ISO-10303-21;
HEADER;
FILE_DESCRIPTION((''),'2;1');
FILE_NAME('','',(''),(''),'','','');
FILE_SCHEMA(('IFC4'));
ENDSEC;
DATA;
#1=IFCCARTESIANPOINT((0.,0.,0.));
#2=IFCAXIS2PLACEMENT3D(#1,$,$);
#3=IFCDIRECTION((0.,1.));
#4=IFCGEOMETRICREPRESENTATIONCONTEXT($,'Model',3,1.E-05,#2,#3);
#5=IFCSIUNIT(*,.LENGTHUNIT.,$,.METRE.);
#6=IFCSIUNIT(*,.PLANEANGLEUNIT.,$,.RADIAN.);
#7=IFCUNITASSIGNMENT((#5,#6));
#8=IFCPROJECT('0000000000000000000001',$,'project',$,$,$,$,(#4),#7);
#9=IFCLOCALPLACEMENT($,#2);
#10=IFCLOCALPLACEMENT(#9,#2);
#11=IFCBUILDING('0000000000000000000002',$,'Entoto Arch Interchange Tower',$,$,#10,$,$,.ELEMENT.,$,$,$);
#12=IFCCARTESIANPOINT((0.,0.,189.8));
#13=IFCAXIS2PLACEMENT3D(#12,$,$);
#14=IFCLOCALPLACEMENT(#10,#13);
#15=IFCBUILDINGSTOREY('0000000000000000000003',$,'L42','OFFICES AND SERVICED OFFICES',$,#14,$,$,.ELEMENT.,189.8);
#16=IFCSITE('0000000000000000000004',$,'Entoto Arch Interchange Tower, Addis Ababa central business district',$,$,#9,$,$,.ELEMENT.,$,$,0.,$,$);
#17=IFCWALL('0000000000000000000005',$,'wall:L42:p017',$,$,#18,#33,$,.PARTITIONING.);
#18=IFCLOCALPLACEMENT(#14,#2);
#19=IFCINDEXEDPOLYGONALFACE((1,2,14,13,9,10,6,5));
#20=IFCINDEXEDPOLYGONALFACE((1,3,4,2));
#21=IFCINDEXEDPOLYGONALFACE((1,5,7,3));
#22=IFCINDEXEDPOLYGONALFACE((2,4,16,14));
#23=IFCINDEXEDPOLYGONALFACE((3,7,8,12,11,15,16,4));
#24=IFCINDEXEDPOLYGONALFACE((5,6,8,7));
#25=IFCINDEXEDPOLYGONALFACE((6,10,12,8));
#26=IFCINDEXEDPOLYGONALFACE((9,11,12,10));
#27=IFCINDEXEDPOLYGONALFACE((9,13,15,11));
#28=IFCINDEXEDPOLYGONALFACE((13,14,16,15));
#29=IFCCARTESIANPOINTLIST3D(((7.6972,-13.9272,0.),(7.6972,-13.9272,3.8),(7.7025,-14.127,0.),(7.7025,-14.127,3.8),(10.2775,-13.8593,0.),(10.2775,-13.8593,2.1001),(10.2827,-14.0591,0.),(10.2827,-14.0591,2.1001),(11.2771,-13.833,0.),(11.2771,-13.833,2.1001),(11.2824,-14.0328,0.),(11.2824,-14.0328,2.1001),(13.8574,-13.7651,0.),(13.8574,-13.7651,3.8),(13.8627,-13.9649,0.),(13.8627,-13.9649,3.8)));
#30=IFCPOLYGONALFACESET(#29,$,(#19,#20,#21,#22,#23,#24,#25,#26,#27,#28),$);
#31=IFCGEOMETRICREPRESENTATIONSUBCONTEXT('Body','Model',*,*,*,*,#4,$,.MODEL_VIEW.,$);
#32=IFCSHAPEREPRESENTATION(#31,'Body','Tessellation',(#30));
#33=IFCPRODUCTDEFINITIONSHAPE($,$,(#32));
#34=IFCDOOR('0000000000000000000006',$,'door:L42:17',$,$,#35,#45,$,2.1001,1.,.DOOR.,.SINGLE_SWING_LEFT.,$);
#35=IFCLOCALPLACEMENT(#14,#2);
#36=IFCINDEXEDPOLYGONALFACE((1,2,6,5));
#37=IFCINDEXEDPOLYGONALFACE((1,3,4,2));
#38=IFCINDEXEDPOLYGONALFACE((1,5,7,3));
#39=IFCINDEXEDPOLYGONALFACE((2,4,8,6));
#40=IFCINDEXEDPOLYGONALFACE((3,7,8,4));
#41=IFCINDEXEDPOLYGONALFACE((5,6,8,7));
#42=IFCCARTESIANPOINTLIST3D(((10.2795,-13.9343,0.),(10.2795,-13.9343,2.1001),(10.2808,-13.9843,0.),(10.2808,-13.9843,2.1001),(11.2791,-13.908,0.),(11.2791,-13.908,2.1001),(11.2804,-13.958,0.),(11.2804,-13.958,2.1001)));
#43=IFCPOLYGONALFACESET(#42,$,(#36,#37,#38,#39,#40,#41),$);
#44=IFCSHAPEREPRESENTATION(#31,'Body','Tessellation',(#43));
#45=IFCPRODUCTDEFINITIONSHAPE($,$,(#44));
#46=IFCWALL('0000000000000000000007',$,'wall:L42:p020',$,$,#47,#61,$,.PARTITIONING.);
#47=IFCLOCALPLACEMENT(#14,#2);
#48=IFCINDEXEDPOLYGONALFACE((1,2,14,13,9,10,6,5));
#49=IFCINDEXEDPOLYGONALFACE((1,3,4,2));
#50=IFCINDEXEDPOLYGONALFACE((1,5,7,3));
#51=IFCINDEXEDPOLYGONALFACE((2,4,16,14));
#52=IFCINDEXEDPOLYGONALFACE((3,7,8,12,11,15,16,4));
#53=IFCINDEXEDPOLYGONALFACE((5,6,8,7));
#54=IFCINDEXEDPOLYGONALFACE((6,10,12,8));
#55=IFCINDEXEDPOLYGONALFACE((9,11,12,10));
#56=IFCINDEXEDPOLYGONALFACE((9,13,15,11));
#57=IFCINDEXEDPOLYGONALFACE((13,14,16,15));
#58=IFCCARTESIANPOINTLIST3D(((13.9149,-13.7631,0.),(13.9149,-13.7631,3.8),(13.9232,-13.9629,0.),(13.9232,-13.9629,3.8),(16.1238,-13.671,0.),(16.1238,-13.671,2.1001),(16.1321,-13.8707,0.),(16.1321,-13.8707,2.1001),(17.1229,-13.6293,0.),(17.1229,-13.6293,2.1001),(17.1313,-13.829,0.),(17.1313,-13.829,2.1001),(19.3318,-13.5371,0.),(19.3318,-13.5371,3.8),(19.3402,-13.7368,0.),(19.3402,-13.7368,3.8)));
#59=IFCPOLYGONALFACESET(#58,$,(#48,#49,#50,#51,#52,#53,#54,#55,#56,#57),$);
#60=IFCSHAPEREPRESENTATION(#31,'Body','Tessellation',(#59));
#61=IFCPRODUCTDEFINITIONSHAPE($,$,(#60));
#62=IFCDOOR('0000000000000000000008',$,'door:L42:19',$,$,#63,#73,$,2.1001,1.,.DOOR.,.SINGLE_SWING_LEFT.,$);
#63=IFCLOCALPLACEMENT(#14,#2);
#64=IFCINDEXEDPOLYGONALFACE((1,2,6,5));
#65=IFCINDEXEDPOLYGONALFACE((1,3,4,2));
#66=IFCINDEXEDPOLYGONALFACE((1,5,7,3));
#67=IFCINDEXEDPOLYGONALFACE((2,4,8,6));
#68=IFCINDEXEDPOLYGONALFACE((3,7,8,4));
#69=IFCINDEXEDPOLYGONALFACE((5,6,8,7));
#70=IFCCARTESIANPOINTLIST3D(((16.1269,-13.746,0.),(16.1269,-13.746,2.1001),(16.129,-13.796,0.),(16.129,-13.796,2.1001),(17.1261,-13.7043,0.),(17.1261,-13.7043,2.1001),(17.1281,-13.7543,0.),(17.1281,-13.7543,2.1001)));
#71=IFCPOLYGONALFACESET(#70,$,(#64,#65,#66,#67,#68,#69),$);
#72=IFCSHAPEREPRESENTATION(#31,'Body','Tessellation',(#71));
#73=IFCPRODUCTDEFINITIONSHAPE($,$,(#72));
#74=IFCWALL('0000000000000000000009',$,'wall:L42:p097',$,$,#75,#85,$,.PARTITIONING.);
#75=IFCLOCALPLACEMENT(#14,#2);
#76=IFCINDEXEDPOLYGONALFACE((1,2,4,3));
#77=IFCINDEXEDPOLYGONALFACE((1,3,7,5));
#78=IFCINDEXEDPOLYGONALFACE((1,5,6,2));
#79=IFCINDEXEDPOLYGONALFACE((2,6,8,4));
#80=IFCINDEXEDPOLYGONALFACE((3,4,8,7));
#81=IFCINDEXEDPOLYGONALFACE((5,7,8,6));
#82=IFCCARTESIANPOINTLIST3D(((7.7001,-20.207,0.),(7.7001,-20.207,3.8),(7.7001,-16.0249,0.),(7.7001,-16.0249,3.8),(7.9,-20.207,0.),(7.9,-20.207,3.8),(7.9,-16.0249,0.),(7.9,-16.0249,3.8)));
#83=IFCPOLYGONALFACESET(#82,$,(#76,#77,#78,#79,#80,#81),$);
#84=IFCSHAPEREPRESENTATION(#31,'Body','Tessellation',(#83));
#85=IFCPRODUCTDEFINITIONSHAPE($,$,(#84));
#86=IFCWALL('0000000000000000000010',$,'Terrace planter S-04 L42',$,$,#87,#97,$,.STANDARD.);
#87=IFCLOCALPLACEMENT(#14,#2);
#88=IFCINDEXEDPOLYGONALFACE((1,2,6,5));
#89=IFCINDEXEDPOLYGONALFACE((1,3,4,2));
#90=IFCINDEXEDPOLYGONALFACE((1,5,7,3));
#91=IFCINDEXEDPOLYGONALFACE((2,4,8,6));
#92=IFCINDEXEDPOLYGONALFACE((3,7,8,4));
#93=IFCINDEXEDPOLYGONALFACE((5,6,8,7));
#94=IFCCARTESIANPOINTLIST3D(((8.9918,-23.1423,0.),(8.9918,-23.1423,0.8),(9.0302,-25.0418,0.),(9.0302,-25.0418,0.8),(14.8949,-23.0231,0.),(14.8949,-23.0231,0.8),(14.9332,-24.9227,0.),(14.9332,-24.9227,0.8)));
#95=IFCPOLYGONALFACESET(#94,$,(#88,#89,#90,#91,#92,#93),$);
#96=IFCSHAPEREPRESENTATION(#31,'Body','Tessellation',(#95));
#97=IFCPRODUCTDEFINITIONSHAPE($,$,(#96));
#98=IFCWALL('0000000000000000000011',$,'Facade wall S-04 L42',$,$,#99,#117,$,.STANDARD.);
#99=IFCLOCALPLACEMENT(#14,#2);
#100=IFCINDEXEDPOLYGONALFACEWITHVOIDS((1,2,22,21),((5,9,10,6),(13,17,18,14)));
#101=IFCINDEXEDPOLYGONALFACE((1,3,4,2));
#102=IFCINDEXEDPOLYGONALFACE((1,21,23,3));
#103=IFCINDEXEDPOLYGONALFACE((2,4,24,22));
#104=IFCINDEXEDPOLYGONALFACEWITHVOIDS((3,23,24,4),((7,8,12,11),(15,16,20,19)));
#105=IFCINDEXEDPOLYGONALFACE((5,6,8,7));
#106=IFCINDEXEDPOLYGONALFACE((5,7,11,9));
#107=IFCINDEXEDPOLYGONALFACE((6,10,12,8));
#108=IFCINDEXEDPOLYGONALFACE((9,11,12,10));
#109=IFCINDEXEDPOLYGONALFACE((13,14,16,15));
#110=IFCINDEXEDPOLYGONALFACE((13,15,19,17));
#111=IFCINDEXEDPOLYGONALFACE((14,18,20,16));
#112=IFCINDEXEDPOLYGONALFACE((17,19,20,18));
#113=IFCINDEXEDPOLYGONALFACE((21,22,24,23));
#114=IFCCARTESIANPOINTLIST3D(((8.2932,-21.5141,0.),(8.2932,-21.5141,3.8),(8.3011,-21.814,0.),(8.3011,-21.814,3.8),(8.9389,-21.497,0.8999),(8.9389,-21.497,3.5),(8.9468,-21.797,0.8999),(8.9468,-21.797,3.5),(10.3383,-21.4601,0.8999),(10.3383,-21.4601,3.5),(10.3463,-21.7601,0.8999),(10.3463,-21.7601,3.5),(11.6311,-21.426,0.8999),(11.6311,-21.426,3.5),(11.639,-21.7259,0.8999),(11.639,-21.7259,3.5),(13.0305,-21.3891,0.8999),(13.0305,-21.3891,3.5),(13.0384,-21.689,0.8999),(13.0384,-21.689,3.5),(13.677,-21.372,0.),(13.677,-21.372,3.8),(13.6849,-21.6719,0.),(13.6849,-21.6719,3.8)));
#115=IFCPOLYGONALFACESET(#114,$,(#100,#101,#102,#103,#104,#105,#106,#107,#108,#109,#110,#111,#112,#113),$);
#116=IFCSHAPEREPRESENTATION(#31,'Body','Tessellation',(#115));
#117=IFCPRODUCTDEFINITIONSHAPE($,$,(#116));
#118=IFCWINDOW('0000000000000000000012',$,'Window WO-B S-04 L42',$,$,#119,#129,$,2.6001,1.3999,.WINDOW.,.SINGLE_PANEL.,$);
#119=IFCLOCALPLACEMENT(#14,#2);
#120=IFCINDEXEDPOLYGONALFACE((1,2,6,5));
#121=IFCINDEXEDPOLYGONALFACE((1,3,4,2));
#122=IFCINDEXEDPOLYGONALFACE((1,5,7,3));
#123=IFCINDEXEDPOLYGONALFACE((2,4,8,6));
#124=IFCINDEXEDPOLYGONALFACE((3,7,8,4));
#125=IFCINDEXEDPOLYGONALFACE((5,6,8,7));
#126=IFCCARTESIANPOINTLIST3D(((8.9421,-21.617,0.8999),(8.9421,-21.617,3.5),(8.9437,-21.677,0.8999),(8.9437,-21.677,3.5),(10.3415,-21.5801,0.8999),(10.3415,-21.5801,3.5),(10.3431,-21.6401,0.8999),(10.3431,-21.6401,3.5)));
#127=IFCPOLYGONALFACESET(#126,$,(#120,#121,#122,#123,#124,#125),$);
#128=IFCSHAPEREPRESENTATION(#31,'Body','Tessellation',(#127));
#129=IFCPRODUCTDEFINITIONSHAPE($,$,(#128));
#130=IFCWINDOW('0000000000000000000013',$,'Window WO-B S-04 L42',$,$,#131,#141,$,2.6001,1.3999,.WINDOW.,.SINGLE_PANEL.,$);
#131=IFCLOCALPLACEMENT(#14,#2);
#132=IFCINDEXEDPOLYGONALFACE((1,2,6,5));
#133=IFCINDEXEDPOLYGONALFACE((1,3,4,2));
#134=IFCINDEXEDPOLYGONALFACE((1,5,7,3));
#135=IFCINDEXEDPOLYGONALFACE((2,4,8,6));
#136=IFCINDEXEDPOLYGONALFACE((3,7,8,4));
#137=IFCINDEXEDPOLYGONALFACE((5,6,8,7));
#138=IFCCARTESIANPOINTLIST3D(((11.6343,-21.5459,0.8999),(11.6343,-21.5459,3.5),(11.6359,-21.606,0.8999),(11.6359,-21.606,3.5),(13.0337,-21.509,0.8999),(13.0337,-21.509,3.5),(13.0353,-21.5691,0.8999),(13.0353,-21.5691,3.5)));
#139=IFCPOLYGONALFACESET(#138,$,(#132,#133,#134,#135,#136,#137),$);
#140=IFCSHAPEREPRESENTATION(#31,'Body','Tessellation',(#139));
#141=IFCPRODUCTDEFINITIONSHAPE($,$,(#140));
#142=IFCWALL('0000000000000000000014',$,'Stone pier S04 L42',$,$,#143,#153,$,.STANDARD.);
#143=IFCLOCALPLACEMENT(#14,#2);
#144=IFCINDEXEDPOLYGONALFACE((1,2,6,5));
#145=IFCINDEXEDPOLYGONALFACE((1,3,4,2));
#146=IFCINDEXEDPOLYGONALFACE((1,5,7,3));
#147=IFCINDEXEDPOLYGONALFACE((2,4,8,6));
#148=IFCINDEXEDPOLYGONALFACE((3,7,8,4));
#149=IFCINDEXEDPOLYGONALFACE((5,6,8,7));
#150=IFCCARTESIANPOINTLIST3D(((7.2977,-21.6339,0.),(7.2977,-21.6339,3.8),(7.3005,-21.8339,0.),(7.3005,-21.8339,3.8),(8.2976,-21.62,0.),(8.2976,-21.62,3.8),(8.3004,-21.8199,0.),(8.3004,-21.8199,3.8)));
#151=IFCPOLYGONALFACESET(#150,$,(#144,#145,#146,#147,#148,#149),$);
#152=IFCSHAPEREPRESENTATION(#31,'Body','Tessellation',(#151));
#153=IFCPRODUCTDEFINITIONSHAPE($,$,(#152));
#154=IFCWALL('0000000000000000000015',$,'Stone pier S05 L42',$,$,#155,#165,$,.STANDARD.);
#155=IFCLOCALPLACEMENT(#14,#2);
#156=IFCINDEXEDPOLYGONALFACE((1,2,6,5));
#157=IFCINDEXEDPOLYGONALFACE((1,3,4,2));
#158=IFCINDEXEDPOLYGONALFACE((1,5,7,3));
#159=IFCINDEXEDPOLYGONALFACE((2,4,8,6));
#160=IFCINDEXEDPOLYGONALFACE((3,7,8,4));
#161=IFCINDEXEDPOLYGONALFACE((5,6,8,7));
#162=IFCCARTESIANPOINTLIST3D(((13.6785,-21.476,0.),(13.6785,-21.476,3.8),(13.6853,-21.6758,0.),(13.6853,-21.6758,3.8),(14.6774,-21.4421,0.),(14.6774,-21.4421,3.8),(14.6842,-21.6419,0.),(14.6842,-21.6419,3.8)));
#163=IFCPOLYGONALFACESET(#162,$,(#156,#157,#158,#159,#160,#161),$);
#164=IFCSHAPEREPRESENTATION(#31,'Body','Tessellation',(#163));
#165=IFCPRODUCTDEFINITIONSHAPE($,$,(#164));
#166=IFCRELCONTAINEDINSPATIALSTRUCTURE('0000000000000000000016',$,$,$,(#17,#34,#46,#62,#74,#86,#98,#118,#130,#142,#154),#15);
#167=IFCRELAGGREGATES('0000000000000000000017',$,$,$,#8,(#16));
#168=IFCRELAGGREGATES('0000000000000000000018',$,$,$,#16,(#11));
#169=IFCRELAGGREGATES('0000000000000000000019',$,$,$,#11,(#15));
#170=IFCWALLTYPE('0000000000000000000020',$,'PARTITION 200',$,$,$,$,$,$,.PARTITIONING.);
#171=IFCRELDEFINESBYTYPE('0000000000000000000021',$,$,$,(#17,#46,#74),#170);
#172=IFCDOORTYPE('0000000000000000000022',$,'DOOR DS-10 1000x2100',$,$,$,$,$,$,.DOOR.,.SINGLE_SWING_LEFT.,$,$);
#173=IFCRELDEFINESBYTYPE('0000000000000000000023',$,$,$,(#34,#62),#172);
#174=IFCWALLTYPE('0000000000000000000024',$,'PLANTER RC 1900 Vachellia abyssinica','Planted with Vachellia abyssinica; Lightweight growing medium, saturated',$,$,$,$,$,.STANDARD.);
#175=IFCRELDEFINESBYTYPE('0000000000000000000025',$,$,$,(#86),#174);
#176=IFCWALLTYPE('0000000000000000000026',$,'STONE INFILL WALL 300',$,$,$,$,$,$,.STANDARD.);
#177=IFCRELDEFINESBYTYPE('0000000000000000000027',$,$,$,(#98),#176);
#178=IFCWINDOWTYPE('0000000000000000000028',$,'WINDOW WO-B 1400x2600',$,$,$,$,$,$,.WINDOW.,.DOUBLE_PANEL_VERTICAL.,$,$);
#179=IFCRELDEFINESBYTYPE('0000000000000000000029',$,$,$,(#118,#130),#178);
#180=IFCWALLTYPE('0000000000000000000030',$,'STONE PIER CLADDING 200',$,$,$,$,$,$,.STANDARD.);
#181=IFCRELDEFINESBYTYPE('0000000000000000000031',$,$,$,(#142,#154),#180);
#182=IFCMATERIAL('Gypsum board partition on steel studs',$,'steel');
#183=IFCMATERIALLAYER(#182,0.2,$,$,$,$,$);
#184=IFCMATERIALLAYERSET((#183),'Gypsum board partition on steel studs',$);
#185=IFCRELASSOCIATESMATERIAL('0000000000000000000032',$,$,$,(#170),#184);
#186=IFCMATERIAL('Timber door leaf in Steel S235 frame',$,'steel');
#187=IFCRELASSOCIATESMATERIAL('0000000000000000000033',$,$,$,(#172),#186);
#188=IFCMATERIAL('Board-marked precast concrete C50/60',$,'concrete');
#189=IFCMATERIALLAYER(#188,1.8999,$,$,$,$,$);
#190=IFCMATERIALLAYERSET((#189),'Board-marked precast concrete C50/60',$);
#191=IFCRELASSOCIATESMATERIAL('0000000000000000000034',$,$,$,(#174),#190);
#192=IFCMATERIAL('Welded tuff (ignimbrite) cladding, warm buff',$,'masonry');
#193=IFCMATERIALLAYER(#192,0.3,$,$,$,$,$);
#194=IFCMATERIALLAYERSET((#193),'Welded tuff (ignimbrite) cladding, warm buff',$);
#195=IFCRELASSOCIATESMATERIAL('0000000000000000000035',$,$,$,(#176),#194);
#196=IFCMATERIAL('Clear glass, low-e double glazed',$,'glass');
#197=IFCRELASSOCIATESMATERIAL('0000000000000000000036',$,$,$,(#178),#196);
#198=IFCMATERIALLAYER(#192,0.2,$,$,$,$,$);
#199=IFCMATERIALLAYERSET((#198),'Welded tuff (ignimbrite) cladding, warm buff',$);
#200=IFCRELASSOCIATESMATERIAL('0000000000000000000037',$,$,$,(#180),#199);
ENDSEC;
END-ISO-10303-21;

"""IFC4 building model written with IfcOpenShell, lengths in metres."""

from ifc_helpers import new_model, si_unit, direction, frame, frame_2d, origin, place, context, subcontext, project, spatial, rectangle, extrude, material, layer, layer_set, type_object, element, fill, save


model = new_model("IFC4")

# Units and contexts
model_context = context("Model", 3, precision=1e-05, world=origin(), true_north=direction((0.0, 1.0)))
body_context = subcontext(model_context, "Body", "Model", "MODEL_VIEW")
ifc_project = project(units=[si_unit("LENGTHUNIT", "METRE"), si_unit("PLANEANGLEUNIT", "RADIAN")], contexts=[model_context])

# Site, building, storey
site_placement = place(None, origin())
site = spatial("IfcSite", under=ifc_project, at=site_placement, Name="Entoto Arch Interchange Tower, Addis Ababa central business district", CompositionType="ELEMENT", RefElevation=0.0)
building_placement = place(site_placement, origin())
building = spatial("IfcBuilding", under=site, at=building_placement, Name="Entoto Arch Interchange Tower", CompositionType="ELEMENT")
storey_placement = place(building_placement, frame((0.0, 0.0, 189.8)))
storey = spatial("IfcBuildingStorey", under=building, at=storey_placement, Name="L42", Description="OFFICES AND SERVICED OFFICES", CompositionType="ELEMENT", Elevation=189.8)

# Shared definitions
ifc_material_1 = material(Name="Clear glass, low-e double glazed", Category="glass")

# Walls, openings, doors
ifc_material_2 = material(Name="Gypsum board partition on steel studs", Category="steel")
ifc_layer_1 = layer(ifc_material_2, 0.2)
ifc_layer_set_1 = layer_set([ifc_layer_1], Name="Gypsum board partition on steel studs")
wall_type_1 = type_object("IfcWallType", Name="PARTITION 200", PredefinedType="PARTITIONING", material=ifc_layer_set_1)
wall_1_placement = place(storey_placement, frame((7.7, -14.0271, 0.0), z_axis=(0.0, 0.0, 1.0), x_axis=(0.999654, 0.026307, 0.0)))
wall_1 = element("IfcWall", 1, at=wall_1_placement, inside=storey, type_object=wall_type_1, Name="wall:L42:p017", PredefinedType="PARTITIONING", context=body_context, shape_type="SweptSolid", body=[
    extrude(rectangle(XDim=6.1624, YDim=0.2, at=frame_2d((3.0811, 0.0))), origin(), (0.0, 0.0, 1.0), 3.8),
])
opening_1_placement = place(wall_1_placement, frame((2.5811, 0.0, 0.0)))
opening_1 = element("IfcOpeningElement", 2, at=opening_1_placement, cuts=wall_1, PredefinedType="OPENING", context=body_context, shape_type="SweptSolid", body=[
    extrude(rectangle(XDim=1.0, YDim=2.1001, at=frame_2d((0.5, 1.05))), frame((0.0, 0.1099, 0.0), z_axis=(0.0, -1.0, 0.0), x_axis=(1.0, 0.0, 0.0)), (0.0, 0.0, 1.0), 0.22),
])
ifc_material_3 = material(Name="Timber door leaf in Steel S235 frame", Category="steel")
door_type = type_object("IfcDoorType", Name="DOOR DS-10 1000x2100", OperationType="SINGLE_SWING_LEFT", PredefinedType="DOOR", material=ifc_material_3)
door_1_placement = place(opening_1_placement, origin())
door_1 = element("IfcDoor", 3, at=door_1_placement, inside=storey, type_object=door_type, Name="door:L42:17", OperationType="SINGLE_SWING_LEFT", OverallHeight=2.1001, OverallWidth=1.0, PredefinedType="DOOR", context=body_context, shape_type="SweptSolid", body=[
    extrude(rectangle(XDim=1.0, YDim=2.1001, at=frame_2d((0.5, 1.05))), frame((0.0, 0.0249, 0.0), z_axis=(0.0, -1.0, 0.0), x_axis=(1.0, 0.0, 0.0)), (0.0, 0.0, 1.0), 0.05),
])
fill(opening_1, door_1)
wall_2_placement = place(storey_placement, frame((13.9189, -13.863, 0.0), z_axis=(0.0, 0.0, 1.0), x_axis=(0.99913, 0.041698, 0.0)))
wall_2 = element("IfcWall", 4, at=wall_2_placement, inside=storey, type_object=wall_type_1, Name="wall:L42:p020", PredefinedType="PARTITIONING", context=body_context, shape_type="SweptSolid", body=[
    extrude(rectangle(XDim=5.4216, YDim=0.2, at=frame_2d((2.7109, 0.0))), origin(), (0.0, 0.0, 1.0), 3.8),
])
opening_2_placement = place(wall_2_placement, frame((2.2109, 0.0, 0.0)))
opening_2 = element("IfcOpeningElement", 5, at=opening_2_placement, cuts=wall_2, PredefinedType="OPENING", context=body_context, shape_type="SweptSolid", body=[
    extrude(rectangle(XDim=1.0, YDim=2.1001, at=frame_2d((0.5, 1.05))), frame((0.0, 0.1099, 0.0), z_axis=(0.0, -1.0, 0.0), x_axis=(1.0, 0.0, 0.0)), (0.0, 0.0, 1.0), 0.22),
])
door_2_placement = place(opening_2_placement, origin())
door_2 = element("IfcDoor", 6, at=door_2_placement, inside=storey, type_object=door_type, Name="door:L42:19", OperationType="SINGLE_SWING_LEFT", OverallHeight=2.1001, OverallWidth=1.0, PredefinedType="DOOR", context=body_context, shape_type="SweptSolid", body=[
    extrude(rectangle(XDim=1.0, YDim=2.1001, at=frame_2d((0.5, 1.05))), frame((0.0, 0.0249, 0.0), z_axis=(0.0, -1.0, 0.0), x_axis=(1.0, 0.0, 0.0)), (0.0, 0.0, 1.0), 0.05),
])
fill(opening_2, door_2)

# Walls
wall_3_placement = place(storey_placement, frame((7.8, -16.0249, 0.0), z_axis=(0.0, 0.0, 1.0), x_axis=(0.0, -1.0, 0.0)))
element("IfcWall", 7, at=wall_3_placement, inside=storey, type_object=wall_type_1, Name="wall:L42:p097", PredefinedType="PARTITIONING", context=body_context, shape_type="SweptSolid", body=[
    extrude(rectangle(XDim=4.1821, YDim=0.2, at=frame_2d((2.0911, 0.0))), origin(), (0.0, 0.0, 1.0), 3.8),
])
ifc_material_4 = material(Name="Board-marked precast concrete C50/60", Category="concrete")
ifc_layer_2 = layer(ifc_material_4, 1.8999)
ifc_layer_set_2 = layer_set([ifc_layer_2], Name="Board-marked precast concrete C50/60")
wall_type_2 = type_object("IfcWallType", Name="PLANTER RC 1900 Vachellia abyssinica", Description="Planted with Vachellia abyssinica; Lightweight growing medium, saturated", PredefinedType="STANDARD", material=ifc_layer_set_2)
wall_4_placement = place(storey_placement, frame((9.011, -24.092, 0.0), z_axis=(0.0, 0.0, 1.0), x_axis=(0.999796, 0.020179, 0.0)))
element("IfcWall", 8, at=wall_4_placement, inside=storey, type_object=wall_type_2, Name="Terrace planter S-04 L42", PredefinedType="STANDARD", context=body_context, shape_type="SweptSolid", body=[
    extrude(rectangle(XDim=5.9043, YDim=1.8999, at=frame_2d((2.9521, 0.0))), origin(), (0.0, 0.0, 1.0), 0.8),
])

# Wall, openings, windows
ifc_material_5 = material(Name="Welded tuff (ignimbrite) cladding, warm buff", Category="masonry")
ifc_layer_3 = layer(ifc_material_5, 0.3)
ifc_layer_set_3 = layer_set([ifc_layer_3], Name="Welded tuff (ignimbrite) cladding, warm buff")
wall_type_3 = type_object("IfcWallType", Name="STONE INFILL WALL 300", PredefinedType="STANDARD", material=ifc_layer_set_3)
wall_5_placement = place(storey_placement, frame((8.2971, -21.6641, 0.0), z_axis=(0.0, 0.0, 1.0), x_axis=(0.999652, 0.026383, 0.0)))
wall_5 = element("IfcWall", 9, at=wall_5_placement, inside=storey, type_object=wall_type_3, Name="Facade wall S-04 L42", PredefinedType="STANDARD", context=body_context, shape_type="SweptSolid", body=[
    extrude(rectangle(XDim=5.3857, YDim=0.3, at=frame_2d((2.6929, 0.0))), origin(), (0.0, 0.0, 1.0), 3.8),
])
opening_3_placement = place(wall_5_placement, frame((0.646, 0.0, 0.8999)))
opening_3 = element("IfcOpeningElement", 10, at=opening_3_placement, cuts=wall_5, PredefinedType="OPENING", context=body_context, shape_type="SweptSolid", body=[
    extrude(rectangle(XDim=1.3999, YDim=2.6001, at=frame_2d((0.7, 1.3))), frame((0.0, 0.1602, 0.0), z_axis=(0.0, -1.0, 0.0), x_axis=(1.0, 0.0, 0.0)), (0.0, 0.0, 1.0), 0.3201),
])
opening_4_placement = place(wall_5_placement, frame((3.3391, 0.0, 0.8999)))
opening_4 = element("IfcOpeningElement", 11, at=opening_4_placement, cuts=wall_5, PredefinedType="OPENING", context=body_context, shape_type="SweptSolid", body=[
    extrude(rectangle(XDim=1.3999, YDim=2.6001, at=frame_2d((0.7, 1.3))), frame((0.0, 0.1602, 0.0), z_axis=(0.0, -1.0, 0.0), x_axis=(1.0, 0.0, 0.0)), (0.0, 0.0, 1.0), 0.3201),
])
window_type = type_object("IfcWindowType", Name="WINDOW WO-B 1400x2600", PartitioningType="DOUBLE_PANEL_VERTICAL", PredefinedType="WINDOW", material=ifc_material_1)
window_1_placement = place(opening_3_placement, origin())
window_1 = element("IfcWindow", 12, at=window_1_placement, inside=storey, type_object=window_type, Name="Window WO-B S-04 L42", OverallHeight=2.6001, OverallWidth=1.3999, PartitioningType="SINGLE_PANEL", PredefinedType="WINDOW", context=body_context, shape_type="SweptSolid", body=[
    extrude(rectangle(XDim=1.3999, YDim=2.6001, at=frame_2d((0.7, 1.3))), frame((0.0, 0.03, 0.0), z_axis=(0.0, -1.0, 0.0), x_axis=(1.0, 0.0, 0.0)), (0.0, 0.0, 1.0), 0.0601),
])
fill(opening_3, window_1)
window_2_placement = place(opening_4_placement, origin())
window_2 = element("IfcWindow", 13, at=window_2_placement, inside=storey, type_object=window_type, Name="Window WO-B S-04 L42", OverallHeight=2.6001, OverallWidth=1.3999, PartitioningType="SINGLE_PANEL", PredefinedType="WINDOW", context=body_context, shape_type="SweptSolid", body=[
    extrude(rectangle(XDim=1.3999, YDim=2.6001, at=frame_2d((0.7, 1.3))), frame((0.0, 0.03, 0.0), z_axis=(0.0, -1.0, 0.0), x_axis=(1.0, 0.0, 0.0)), (0.0, 0.0, 1.0), 0.0601),
])
fill(opening_4, window_2)

# Walls
ifc_layer_4 = layer(ifc_material_5, 0.2)
ifc_layer_set_4 = layer_set([ifc_layer_4], Name="Welded tuff (ignimbrite) cladding, warm buff")
wall_type_4 = type_object("IfcWallType", Name="STONE PIER CLADDING 200", PredefinedType="STANDARD", material=ifc_layer_set_4)
wall_6_placement = place(storey_placement, frame((7.2991, -21.7339, 0.0), z_axis=(0.0, 0.0, 1.0), x_axis=(0.999903, 0.013915, 0.0)))
element("IfcWall", 14, at=wall_6_placement, inside=storey, type_object=wall_type_4, Name="Stone pier S04 L42", PredefinedType="STANDARD", context=body_context, shape_type="SweptSolid", body=[
    extrude(rectangle(XDim=1.0, YDim=0.2, at=frame_2d((0.5, 0.0))), origin(), (0.0, 0.0, 1.0), 3.8),
])
wall_7_placement = place(storey_placement, frame((13.6819, -21.5759, 0.0), z_axis=(0.0, 0.0, 1.0), x_axis=(0.999424, 0.033949, 0.0)))
element("IfcWall", 15, at=wall_7_placement, inside=storey, type_object=wall_type_4, Name="Stone pier S05 L42", PredefinedType="STANDARD", context=body_context, shape_type="SweptSolid", body=[
    extrude(rectangle(XDim=0.9995, YDim=0.2, at=frame_2d((0.4998, 0.0))), origin(), (0.0, 0.0, 1.0), 3.8),
])

save(model, "model.ifc")
